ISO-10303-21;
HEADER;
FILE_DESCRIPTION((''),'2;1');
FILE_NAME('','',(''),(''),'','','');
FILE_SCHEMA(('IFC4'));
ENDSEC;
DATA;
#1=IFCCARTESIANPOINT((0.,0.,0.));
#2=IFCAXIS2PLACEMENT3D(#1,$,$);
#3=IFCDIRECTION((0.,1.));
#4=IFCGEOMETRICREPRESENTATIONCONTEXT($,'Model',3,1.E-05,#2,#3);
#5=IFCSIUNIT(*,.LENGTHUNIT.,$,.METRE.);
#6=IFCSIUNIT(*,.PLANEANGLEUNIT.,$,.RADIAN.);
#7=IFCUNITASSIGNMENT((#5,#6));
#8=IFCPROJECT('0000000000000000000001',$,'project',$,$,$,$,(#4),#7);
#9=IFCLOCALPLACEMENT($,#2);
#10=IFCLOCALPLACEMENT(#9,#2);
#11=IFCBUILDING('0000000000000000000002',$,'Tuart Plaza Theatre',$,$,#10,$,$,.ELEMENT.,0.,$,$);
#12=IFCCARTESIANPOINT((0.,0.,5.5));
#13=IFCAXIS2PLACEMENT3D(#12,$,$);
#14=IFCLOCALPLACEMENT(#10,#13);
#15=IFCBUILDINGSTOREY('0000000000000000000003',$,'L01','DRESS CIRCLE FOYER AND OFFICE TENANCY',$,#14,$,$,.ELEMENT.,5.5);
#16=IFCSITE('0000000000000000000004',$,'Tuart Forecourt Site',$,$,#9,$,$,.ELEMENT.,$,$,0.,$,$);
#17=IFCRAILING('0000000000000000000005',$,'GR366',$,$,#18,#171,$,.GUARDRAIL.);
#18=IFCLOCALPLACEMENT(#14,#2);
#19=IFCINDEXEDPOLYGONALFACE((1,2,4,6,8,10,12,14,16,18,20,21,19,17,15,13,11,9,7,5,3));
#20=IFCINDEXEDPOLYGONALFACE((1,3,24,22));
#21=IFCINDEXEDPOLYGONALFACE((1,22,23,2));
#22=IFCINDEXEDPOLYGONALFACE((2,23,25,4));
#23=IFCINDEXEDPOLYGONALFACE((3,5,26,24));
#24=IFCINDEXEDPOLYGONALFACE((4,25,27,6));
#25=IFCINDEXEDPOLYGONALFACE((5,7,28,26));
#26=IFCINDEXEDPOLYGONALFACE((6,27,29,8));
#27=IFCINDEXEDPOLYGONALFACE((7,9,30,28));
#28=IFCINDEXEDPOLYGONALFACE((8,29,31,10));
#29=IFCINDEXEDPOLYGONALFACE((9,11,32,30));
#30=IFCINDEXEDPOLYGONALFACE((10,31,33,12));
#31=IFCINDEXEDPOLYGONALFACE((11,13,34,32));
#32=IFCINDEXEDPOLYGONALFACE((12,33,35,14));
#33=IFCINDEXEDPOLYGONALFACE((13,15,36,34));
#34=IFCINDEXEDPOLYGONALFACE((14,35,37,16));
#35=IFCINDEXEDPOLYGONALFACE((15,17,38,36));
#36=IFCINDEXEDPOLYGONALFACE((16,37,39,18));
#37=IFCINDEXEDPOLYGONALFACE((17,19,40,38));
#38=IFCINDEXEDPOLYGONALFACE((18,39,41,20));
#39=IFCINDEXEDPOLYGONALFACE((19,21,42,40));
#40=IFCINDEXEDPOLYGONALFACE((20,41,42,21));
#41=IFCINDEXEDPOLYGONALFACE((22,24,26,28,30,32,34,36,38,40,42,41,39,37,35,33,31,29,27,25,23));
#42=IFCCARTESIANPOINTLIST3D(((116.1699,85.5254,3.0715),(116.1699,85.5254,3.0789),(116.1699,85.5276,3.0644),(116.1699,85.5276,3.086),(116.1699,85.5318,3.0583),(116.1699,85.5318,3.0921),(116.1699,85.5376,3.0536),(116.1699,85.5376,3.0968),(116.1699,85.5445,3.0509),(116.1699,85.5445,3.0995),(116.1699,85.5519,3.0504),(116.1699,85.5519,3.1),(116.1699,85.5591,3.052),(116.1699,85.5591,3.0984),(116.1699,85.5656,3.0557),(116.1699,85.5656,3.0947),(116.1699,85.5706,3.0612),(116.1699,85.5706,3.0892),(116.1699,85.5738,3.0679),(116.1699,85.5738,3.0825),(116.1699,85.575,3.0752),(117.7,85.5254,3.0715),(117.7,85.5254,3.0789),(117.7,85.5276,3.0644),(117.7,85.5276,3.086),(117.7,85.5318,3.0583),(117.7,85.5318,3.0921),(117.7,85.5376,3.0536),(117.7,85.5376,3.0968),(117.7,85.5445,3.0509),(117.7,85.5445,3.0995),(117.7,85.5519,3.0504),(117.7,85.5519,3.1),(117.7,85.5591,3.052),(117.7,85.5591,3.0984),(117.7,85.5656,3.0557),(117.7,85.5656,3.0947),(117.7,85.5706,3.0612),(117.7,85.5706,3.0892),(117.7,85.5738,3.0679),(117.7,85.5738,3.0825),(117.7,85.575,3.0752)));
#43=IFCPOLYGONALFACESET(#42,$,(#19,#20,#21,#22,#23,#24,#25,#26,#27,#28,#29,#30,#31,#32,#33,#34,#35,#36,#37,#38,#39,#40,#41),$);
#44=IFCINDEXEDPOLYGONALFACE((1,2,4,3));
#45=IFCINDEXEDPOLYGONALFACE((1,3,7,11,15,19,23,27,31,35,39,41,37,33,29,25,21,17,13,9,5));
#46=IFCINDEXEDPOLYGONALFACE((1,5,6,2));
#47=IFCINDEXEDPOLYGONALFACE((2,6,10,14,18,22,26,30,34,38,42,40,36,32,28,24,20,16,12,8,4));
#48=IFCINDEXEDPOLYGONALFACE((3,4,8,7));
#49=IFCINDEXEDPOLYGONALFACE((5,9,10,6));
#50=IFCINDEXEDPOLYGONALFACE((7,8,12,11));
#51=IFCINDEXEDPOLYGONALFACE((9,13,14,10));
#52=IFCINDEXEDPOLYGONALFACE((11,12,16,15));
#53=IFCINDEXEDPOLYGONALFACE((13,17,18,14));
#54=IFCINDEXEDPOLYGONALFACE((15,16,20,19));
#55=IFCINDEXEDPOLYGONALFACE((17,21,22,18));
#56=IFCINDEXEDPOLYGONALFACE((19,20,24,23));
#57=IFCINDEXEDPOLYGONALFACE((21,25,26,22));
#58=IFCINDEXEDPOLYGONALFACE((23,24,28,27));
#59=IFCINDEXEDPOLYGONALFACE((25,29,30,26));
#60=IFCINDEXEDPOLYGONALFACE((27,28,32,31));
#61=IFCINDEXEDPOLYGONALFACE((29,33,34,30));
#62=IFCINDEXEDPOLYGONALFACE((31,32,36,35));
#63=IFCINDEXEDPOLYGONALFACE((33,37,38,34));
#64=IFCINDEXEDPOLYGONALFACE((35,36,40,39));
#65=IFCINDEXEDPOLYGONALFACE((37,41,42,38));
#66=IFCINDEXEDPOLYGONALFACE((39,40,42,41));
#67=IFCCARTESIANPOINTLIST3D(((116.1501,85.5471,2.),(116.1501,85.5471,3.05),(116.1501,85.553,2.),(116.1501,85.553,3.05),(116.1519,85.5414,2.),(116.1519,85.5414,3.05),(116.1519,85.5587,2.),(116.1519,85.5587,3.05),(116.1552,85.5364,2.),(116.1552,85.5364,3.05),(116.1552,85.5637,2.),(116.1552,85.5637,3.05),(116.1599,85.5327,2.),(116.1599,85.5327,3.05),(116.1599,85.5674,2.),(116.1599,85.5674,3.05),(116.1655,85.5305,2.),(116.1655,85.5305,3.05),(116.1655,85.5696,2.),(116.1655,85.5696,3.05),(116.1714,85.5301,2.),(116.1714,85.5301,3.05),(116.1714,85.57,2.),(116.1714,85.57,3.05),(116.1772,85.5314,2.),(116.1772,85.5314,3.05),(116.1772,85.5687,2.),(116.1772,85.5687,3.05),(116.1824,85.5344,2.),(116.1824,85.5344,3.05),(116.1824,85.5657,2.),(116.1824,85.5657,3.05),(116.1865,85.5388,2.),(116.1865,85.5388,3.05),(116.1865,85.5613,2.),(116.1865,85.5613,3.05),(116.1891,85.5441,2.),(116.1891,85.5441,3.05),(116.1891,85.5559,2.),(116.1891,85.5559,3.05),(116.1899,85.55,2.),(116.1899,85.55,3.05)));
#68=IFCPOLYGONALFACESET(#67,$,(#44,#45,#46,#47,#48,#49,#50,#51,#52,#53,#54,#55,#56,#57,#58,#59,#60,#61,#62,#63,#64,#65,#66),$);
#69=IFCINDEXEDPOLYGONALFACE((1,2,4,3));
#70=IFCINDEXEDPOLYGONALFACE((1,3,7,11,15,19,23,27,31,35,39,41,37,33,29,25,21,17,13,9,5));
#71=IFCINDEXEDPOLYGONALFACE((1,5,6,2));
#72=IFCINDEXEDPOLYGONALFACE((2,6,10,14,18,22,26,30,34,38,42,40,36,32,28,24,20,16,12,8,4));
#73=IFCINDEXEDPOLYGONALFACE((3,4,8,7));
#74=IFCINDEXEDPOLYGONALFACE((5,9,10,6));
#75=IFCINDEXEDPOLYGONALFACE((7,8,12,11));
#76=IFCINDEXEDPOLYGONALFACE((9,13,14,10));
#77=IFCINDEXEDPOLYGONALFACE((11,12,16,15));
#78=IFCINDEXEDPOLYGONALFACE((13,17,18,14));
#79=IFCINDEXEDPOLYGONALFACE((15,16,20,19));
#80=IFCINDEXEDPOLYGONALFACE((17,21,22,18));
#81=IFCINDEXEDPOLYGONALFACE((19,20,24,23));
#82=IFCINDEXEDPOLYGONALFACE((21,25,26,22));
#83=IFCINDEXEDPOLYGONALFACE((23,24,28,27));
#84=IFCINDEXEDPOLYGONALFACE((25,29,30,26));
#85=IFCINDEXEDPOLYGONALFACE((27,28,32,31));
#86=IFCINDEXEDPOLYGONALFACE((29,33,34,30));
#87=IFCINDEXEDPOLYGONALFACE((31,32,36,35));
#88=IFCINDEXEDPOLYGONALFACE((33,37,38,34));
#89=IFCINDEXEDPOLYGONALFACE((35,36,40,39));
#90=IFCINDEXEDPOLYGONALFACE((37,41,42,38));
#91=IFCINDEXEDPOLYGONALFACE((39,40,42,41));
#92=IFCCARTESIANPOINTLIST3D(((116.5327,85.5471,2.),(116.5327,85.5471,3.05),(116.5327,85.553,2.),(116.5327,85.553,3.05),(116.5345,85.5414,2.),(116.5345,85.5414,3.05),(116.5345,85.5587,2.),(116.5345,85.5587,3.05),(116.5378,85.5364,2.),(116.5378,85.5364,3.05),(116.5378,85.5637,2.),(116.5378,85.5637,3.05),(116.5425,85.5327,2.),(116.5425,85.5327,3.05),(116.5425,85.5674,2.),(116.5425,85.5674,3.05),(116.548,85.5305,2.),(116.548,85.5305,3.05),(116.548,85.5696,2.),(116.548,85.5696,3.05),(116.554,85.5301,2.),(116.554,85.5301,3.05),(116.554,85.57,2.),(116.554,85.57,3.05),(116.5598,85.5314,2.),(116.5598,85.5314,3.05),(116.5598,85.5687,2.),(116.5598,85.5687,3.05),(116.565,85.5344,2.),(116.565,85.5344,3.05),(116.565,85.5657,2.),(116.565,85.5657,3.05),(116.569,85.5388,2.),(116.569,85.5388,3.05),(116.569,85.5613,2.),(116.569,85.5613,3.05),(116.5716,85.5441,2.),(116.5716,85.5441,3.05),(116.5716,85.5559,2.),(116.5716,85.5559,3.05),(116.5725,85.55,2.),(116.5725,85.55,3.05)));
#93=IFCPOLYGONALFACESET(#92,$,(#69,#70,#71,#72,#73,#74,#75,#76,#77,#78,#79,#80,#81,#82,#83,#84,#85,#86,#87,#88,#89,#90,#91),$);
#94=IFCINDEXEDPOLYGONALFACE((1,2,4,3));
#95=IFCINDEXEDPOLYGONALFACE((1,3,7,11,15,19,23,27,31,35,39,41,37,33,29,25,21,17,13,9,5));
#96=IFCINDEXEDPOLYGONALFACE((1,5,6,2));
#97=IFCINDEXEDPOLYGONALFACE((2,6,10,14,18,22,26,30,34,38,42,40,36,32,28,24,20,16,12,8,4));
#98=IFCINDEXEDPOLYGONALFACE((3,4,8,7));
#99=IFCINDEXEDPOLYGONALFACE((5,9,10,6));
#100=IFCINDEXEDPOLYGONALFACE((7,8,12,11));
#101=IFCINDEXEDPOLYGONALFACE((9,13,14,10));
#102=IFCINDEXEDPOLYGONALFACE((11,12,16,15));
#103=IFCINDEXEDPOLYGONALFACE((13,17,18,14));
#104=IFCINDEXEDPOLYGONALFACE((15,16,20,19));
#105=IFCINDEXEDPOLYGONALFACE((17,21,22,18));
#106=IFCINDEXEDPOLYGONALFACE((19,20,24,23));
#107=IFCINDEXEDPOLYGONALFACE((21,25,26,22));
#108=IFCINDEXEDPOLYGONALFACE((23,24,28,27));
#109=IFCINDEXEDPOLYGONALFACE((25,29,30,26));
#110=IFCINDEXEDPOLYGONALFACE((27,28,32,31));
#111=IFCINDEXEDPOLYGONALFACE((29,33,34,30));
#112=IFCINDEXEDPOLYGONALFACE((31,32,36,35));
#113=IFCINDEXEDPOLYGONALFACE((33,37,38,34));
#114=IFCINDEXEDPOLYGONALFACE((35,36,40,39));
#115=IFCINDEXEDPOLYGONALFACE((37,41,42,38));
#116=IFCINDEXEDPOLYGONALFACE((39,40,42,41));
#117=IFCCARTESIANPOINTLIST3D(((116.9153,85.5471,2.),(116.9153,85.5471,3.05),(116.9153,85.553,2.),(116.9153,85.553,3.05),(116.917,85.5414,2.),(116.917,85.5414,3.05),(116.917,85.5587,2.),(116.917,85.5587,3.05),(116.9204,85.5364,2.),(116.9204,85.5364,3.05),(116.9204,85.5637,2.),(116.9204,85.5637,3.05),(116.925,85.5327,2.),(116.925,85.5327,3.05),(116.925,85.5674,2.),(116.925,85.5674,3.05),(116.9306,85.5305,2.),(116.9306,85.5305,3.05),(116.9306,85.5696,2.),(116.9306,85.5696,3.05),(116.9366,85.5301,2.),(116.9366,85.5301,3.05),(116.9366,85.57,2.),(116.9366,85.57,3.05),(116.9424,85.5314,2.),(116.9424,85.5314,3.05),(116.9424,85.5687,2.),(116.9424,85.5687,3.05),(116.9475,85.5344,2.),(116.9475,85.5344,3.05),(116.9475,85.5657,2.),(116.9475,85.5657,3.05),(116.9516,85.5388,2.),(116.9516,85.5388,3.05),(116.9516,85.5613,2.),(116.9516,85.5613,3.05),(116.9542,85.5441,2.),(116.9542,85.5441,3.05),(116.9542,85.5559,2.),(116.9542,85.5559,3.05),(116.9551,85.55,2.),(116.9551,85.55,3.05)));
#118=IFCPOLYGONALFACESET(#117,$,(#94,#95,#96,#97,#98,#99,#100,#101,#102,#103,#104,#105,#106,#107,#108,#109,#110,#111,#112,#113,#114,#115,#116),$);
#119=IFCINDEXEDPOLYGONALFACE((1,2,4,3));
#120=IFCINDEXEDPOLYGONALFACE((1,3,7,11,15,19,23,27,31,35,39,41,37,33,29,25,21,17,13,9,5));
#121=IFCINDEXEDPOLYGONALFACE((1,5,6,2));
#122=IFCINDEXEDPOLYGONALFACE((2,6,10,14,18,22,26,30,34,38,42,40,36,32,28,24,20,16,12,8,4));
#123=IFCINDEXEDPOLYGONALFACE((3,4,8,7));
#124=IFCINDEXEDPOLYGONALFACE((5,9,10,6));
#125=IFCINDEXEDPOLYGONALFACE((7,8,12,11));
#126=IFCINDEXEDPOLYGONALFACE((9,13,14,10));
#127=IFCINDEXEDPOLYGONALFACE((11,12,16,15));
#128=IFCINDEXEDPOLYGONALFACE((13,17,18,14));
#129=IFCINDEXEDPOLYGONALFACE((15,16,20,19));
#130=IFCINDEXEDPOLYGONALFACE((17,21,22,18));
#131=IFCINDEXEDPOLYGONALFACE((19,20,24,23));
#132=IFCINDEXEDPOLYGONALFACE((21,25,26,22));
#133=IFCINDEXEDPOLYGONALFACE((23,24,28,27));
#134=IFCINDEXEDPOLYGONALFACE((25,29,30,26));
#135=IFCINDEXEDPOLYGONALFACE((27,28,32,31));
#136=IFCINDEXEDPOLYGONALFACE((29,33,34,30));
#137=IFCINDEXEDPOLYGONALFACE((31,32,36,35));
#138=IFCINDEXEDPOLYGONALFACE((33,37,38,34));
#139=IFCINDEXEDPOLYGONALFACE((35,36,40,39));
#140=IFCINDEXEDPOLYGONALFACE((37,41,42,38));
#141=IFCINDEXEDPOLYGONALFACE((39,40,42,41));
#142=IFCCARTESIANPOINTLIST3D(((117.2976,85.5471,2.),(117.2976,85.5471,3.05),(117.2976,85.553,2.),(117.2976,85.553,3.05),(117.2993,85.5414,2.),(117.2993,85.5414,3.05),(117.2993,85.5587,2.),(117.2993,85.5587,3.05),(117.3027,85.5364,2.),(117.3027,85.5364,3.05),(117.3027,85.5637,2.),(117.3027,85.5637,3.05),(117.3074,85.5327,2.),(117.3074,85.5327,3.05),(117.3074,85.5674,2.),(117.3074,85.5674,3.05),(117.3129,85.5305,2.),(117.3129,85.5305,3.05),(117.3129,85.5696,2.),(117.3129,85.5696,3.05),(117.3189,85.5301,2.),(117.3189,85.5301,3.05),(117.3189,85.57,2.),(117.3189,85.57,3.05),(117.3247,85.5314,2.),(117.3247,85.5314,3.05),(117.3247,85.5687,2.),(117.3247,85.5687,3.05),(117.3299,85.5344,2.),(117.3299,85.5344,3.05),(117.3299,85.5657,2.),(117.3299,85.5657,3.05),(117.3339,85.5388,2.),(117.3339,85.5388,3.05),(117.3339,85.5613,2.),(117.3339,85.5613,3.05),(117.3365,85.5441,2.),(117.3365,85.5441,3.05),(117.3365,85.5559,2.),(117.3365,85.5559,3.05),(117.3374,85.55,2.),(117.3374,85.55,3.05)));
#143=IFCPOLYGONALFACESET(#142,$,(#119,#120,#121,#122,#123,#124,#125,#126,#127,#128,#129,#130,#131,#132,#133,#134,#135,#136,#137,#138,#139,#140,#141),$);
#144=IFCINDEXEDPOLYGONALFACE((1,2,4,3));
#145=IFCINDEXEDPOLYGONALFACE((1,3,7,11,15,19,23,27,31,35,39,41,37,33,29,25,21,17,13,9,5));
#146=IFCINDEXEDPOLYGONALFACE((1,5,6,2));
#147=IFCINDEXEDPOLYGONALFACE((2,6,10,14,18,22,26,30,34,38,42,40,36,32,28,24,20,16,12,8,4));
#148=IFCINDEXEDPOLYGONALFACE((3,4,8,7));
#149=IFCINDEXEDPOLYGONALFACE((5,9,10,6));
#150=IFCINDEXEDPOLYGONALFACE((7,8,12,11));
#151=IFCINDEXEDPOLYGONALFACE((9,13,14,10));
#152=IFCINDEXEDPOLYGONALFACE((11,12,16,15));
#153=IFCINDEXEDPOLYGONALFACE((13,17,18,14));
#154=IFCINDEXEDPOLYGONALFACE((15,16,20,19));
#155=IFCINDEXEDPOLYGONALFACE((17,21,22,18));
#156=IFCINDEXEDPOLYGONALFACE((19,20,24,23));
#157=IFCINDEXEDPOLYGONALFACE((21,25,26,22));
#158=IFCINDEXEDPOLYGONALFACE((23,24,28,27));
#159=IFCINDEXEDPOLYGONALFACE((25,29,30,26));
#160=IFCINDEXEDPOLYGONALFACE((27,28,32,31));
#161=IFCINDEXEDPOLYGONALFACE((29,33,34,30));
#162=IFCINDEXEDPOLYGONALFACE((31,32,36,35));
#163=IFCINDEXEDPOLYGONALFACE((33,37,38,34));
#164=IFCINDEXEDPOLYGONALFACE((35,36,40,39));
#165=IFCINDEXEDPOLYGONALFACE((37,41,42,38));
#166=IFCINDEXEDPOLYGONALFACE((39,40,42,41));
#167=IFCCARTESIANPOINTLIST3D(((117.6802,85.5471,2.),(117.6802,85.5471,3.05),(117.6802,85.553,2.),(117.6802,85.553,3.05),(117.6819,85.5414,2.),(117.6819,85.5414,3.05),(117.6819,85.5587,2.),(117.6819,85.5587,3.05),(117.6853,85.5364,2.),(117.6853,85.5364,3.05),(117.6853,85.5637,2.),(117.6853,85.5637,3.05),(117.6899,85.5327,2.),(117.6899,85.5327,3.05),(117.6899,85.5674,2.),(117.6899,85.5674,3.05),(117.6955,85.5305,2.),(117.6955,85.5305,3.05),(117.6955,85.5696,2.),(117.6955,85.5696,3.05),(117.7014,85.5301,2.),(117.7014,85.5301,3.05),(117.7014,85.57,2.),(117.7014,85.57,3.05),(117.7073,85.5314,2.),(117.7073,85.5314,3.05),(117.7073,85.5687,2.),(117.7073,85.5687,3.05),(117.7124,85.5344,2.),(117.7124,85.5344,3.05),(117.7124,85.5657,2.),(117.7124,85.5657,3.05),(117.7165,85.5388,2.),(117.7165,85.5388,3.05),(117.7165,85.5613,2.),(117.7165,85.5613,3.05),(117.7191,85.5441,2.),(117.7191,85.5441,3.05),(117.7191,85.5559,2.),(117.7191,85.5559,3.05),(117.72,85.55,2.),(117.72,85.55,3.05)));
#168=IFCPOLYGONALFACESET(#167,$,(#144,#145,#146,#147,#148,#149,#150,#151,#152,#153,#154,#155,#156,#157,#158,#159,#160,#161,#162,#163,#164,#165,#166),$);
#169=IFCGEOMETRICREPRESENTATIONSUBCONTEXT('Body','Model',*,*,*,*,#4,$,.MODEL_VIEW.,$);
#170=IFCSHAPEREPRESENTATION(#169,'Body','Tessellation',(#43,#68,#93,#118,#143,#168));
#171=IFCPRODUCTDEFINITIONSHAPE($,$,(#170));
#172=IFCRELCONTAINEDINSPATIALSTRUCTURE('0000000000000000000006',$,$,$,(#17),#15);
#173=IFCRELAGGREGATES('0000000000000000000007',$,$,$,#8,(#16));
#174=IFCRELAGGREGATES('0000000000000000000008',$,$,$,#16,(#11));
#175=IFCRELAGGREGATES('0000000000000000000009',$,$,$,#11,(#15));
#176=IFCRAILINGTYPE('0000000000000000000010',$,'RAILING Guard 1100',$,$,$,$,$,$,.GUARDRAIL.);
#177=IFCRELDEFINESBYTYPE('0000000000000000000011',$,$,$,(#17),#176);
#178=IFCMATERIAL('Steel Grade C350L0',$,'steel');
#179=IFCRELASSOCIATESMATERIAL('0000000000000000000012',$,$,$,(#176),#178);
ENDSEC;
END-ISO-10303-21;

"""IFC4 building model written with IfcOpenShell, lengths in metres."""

from ifc_helpers import new_model, si_unit, direction, frame, origin, origin_2d, place, context, subcontext, project, spatial, circle, extrude, material, type_object, element, save


model = new_model("IFC4")

# Units and contexts
model_context = context("Model", 3, precision=1e-05, world=origin(), true_north=direction((0.0, 1.0)))
body_context = subcontext(model_context, "Body", "Model", "MODEL_VIEW")
ifc_project = project(units=[si_unit("LENGTHUNIT", "METRE"), si_unit("PLANEANGLEUNIT", "RADIAN")], contexts=[model_context])

# Site, building, storey
site_placement = place(None, origin())
site = spatial("IfcSite", under=ifc_project, at=site_placement, Name="Tuart Forecourt Site", CompositionType="ELEMENT", RefElevation=0.0)
building_placement = place(site_placement, origin())
building = spatial("IfcBuilding", under=site, at=building_placement, Name="Tuart Plaza Theatre", CompositionType="ELEMENT", ElevationOfRefHeight=0.0)
storey_placement = place(building_placement, frame((0.0, 0.0, 5.5)))
storey = spatial("IfcBuildingStorey", under=building, at=storey_placement, Name="L01", Description="DRESS CIRCLE FOYER AND OFFICE TENANCY", CompositionType="ELEMENT", Elevation=5.5)

# Railing
ifc_material_1 = material(Name="Steel Grade C350L0", Category="steel")
railing_type_1 = type_object("IfcRailingType", Name="RAILING Guard 1100", PredefinedType="GUARDRAIL", material=ifc_material_1)
railing_1_placement = place(storey_placement, frame((116.1699, 85.55, 2.0)))
element("IfcRailing", 1, at=railing_1_placement, inside=storey, type_object=railing_type_1, Name="GR366", PredefinedType="GUARDRAIL", context=body_context, shape_type="SweptSolid", body=[
    extrude(circle(Radius=0.0249, at=origin_2d()), frame((0.0, 0.0, 1.0752), z_axis=(1.0, 0.0, 0.0), x_axis=(0.0, 1.0, 0.0)), (0.0, 0.0, 1.0), 1.53),
    extrude(circle(Radius=0.02, at=origin_2d()), origin(), (0.0, 0.0, 1.0), 1.05),
    extrude(circle(Radius=0.02, at=origin_2d()), frame((0.3826, 0.0, 0.0)), (0.0, 0.0, 1.0), 1.05),
    extrude(circle(Radius=0.02, at=origin_2d()), frame((0.7651, 0.0, 0.0)), (0.0, 0.0, 1.0), 1.05),
    extrude(circle(Radius=0.02, at=origin_2d()), frame((1.1475, 0.0, 0.0)), (0.0, 0.0, 1.0), 1.05),
    extrude(circle(Radius=0.02, at=origin_2d()), frame((1.53, 0.0, 0.0)), (0.0, 0.0, 1.0), 1.05),
])

save(model, "model.ifc")
